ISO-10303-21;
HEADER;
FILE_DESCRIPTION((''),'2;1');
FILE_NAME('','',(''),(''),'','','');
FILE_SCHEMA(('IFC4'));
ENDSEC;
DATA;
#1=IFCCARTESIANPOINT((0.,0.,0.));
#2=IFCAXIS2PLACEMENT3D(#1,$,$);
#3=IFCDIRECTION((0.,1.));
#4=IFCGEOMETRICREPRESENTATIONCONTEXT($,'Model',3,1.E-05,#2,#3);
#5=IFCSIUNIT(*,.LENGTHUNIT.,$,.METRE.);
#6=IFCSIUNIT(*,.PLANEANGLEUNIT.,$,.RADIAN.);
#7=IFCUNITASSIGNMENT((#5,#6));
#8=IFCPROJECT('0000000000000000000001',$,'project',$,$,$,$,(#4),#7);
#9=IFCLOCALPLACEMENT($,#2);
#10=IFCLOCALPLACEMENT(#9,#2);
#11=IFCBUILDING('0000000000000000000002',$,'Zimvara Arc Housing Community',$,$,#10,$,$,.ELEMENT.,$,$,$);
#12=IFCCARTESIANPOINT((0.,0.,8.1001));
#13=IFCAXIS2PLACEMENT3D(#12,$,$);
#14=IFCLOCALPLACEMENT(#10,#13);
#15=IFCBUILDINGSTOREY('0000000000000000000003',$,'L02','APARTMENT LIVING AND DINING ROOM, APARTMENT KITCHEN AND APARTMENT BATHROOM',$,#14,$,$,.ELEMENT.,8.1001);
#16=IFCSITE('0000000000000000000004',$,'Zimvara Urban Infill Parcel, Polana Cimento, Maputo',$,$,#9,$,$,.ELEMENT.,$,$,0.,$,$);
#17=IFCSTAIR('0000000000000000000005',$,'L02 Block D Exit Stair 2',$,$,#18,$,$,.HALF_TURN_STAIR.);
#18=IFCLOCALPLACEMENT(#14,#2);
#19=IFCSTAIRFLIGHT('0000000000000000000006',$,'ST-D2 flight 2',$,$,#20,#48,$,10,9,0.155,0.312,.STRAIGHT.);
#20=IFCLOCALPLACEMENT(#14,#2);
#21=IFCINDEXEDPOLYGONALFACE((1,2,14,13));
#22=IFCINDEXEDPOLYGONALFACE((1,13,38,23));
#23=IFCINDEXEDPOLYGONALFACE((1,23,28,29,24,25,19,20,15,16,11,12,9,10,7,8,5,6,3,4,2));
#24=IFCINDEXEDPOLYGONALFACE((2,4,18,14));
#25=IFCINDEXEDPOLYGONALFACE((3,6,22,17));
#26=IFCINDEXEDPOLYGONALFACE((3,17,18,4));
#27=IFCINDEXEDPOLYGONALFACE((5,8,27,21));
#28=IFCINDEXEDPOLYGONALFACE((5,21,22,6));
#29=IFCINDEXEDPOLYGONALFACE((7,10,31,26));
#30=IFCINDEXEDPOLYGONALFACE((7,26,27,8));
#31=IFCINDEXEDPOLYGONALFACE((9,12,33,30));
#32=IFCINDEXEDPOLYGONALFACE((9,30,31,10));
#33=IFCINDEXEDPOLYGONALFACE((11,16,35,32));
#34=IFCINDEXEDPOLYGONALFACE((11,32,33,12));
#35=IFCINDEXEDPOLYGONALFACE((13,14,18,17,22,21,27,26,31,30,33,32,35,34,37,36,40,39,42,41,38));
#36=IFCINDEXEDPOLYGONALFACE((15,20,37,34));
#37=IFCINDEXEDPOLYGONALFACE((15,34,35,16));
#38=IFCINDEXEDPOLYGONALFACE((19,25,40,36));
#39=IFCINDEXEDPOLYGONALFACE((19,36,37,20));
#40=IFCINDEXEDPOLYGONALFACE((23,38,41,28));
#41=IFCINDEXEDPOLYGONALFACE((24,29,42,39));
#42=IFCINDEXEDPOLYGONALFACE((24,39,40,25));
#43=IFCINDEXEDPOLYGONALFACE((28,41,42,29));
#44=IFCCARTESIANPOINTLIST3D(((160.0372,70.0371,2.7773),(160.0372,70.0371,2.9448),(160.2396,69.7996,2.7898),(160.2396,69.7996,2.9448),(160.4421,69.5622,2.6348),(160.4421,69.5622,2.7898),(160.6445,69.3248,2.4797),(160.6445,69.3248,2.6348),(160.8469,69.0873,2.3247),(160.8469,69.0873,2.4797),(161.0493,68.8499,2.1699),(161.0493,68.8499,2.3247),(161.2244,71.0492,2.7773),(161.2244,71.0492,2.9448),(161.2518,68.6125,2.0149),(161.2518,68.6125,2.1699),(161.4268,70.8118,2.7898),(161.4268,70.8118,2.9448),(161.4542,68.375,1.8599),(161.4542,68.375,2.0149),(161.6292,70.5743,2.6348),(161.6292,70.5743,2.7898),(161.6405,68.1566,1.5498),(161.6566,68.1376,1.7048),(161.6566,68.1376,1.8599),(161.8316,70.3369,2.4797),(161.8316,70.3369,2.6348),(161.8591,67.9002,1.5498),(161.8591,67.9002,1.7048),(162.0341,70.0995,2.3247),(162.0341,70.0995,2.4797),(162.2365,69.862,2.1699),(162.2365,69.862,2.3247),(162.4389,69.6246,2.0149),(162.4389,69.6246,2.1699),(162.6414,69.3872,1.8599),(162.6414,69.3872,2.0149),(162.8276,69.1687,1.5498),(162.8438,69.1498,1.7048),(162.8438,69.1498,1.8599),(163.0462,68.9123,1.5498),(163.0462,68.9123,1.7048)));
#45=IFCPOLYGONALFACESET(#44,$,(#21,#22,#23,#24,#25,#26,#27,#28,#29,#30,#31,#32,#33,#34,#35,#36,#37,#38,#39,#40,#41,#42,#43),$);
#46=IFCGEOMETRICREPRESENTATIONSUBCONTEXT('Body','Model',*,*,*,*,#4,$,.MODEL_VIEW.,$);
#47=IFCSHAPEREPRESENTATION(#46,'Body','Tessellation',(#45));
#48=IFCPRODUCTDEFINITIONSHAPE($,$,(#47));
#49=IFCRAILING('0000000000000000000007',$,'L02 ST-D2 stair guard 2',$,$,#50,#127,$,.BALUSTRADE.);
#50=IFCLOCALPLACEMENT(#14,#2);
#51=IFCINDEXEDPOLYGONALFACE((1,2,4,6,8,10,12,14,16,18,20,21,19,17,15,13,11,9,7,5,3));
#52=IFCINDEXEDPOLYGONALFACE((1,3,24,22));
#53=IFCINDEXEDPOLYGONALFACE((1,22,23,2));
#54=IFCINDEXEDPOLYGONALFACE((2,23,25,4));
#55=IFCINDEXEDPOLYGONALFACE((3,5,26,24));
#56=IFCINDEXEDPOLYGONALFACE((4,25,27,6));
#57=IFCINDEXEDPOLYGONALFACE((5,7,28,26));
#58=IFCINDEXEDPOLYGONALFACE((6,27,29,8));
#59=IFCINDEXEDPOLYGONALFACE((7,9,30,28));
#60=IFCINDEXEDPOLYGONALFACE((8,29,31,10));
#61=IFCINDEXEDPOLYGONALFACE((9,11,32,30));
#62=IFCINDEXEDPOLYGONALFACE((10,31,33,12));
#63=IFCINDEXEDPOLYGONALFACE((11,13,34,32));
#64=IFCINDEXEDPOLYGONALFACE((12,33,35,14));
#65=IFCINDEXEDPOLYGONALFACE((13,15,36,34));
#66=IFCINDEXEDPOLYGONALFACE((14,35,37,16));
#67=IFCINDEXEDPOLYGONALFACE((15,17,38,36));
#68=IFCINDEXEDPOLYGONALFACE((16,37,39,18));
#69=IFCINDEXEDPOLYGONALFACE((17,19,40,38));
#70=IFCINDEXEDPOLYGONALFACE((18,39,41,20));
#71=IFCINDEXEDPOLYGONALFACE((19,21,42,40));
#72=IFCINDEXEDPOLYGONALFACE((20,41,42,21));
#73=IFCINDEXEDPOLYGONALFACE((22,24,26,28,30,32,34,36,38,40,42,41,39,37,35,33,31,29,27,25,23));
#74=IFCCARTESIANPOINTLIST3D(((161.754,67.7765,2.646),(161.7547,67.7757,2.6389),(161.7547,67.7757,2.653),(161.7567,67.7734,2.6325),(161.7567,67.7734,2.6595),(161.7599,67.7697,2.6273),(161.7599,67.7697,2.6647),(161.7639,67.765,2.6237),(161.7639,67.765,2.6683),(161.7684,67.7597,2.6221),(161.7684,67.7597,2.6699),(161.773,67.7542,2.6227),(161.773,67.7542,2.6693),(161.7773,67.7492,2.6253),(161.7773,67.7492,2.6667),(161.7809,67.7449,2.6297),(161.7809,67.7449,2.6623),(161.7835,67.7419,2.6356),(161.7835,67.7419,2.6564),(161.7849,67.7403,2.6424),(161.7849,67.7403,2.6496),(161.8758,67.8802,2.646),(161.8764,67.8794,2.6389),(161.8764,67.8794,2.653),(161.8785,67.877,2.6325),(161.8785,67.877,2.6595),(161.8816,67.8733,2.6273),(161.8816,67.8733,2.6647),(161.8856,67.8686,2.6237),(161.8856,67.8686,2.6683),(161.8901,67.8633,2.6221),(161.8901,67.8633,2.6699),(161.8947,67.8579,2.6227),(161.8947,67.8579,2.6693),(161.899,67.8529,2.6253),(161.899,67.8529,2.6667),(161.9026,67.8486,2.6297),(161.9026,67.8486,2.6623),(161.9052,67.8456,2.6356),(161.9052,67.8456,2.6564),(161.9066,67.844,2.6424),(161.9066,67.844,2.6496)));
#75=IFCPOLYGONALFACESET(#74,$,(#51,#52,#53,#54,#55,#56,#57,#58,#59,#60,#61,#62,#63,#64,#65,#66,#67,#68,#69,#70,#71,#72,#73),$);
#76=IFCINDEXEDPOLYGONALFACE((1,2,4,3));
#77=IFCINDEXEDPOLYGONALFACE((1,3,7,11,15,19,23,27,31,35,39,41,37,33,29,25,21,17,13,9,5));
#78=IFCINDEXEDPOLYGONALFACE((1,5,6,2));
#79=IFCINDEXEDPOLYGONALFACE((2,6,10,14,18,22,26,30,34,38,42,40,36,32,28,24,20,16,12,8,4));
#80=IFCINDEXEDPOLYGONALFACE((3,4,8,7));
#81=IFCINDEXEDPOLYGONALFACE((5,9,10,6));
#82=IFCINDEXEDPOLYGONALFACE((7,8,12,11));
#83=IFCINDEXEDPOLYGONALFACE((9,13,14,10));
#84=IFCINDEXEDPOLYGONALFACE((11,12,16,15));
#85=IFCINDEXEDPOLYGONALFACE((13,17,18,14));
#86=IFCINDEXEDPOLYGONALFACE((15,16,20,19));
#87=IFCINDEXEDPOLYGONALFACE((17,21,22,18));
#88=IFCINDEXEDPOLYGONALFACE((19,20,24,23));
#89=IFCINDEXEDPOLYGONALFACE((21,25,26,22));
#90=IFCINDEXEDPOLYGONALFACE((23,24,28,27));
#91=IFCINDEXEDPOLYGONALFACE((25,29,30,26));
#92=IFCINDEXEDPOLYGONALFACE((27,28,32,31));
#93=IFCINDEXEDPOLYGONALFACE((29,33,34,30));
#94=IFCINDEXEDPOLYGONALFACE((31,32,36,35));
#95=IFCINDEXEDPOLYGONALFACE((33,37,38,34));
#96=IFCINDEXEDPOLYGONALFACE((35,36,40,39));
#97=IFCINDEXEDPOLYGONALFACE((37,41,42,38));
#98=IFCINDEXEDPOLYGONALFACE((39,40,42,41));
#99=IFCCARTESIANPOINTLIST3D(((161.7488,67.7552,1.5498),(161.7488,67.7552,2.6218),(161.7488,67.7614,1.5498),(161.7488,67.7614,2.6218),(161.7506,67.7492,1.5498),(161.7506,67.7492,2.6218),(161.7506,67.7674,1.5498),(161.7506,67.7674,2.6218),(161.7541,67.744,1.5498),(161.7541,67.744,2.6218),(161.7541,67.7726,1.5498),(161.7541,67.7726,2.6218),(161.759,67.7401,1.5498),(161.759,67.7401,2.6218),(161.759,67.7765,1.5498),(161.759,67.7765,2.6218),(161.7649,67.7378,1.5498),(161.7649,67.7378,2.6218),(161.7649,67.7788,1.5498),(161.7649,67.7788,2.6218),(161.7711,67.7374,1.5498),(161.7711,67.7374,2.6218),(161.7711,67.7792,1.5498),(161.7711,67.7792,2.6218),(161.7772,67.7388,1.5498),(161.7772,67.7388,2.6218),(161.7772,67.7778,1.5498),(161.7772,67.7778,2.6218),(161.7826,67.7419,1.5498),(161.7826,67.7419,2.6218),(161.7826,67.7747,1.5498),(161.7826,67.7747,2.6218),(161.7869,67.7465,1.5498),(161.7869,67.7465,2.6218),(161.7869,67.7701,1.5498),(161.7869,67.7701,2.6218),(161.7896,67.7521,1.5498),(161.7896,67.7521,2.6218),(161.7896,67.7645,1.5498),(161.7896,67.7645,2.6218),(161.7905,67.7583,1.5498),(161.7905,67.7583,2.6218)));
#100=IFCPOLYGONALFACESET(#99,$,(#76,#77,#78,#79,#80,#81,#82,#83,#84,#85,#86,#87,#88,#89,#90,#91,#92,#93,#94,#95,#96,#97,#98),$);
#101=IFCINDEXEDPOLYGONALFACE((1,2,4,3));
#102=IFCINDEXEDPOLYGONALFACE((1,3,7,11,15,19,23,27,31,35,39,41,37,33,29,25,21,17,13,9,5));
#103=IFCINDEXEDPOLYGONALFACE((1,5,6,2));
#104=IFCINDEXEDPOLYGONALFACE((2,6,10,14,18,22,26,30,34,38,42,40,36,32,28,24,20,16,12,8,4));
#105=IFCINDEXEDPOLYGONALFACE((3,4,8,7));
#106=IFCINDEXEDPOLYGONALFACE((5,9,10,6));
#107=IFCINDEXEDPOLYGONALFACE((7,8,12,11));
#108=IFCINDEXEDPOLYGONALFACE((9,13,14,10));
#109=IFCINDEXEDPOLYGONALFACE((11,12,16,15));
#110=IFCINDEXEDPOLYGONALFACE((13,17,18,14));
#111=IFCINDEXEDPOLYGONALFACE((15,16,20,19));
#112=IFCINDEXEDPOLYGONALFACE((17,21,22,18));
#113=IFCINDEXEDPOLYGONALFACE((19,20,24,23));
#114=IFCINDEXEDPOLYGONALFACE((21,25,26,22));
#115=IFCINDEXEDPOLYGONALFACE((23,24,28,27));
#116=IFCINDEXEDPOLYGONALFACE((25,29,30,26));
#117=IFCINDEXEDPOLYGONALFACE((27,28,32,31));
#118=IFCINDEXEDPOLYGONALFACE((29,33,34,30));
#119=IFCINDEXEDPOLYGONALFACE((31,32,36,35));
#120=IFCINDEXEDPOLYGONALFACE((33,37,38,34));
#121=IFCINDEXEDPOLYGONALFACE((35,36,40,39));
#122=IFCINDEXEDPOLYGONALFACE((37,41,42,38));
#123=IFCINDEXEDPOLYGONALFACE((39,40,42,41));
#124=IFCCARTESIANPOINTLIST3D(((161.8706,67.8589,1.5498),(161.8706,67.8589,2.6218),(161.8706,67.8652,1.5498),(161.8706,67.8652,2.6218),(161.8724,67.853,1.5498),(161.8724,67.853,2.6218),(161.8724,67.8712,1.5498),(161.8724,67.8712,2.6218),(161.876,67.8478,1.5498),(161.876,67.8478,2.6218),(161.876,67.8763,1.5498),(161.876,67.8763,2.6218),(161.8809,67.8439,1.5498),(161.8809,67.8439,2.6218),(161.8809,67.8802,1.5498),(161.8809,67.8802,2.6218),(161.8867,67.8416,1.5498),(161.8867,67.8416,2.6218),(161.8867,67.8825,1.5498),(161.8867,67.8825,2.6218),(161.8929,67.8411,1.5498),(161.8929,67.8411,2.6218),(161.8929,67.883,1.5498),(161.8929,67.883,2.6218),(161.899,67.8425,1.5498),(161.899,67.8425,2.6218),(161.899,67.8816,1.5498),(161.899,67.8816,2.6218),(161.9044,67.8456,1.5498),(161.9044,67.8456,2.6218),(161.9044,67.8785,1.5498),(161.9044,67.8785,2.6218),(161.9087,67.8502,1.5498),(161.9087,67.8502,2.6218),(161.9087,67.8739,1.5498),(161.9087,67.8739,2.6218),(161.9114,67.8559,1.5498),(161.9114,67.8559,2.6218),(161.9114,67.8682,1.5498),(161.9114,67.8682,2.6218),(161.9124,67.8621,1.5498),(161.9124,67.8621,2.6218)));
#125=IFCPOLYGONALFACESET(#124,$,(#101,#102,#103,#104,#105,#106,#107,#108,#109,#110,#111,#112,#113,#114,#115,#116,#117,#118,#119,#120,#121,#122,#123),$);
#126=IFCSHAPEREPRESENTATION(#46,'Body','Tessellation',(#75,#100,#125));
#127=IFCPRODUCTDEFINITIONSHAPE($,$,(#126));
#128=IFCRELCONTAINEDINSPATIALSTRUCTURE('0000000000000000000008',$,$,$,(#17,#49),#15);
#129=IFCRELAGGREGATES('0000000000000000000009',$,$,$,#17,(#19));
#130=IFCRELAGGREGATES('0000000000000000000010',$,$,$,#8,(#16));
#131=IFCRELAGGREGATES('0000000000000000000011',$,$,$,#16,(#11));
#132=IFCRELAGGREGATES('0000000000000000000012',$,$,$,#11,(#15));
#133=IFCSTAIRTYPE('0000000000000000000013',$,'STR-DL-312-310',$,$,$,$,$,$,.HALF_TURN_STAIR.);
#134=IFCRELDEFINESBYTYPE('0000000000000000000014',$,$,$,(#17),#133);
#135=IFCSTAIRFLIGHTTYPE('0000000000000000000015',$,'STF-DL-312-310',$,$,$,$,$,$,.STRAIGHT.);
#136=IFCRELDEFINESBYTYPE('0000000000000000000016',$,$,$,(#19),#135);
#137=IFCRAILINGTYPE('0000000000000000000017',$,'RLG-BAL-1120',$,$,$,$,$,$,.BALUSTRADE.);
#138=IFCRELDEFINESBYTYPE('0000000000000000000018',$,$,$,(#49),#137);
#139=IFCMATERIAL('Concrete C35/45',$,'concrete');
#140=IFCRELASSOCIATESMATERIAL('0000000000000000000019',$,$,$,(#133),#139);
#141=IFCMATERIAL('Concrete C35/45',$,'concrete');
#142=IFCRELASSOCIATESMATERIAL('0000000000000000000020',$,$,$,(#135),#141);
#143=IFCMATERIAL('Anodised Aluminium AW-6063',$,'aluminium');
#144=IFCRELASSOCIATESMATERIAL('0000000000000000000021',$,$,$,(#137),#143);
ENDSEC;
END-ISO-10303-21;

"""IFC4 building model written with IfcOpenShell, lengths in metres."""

from ifc_helpers import new_model, si_unit, direction, frame, origin, origin_2d, place, context, subcontext, project, spatial, polyline, circle, outline, extrude, material, type_object, element, aggregate, save


model = new_model("IFC4")

# Units and contexts
model_context = context("Model", 3, precision=1e-05, world=origin(), true_north=direction((0.0, 1.0)))
body_context = subcontext(model_context, "Body", "Model", "MODEL_VIEW")
ifc_project = project(units=[si_unit("LENGTHUNIT", "METRE"), si_unit("PLANEANGLEUNIT", "RADIAN")], contexts=[model_context])

# Site, building, storey
site_placement = place(None, origin())
site = spatial("IfcSite", under=ifc_project, at=site_placement, Name="Zimvara Urban Infill Parcel, Polana Cimento, Maputo", CompositionType="ELEMENT", RefElevation=0.0)
building_placement = place(site_placement, origin())
building = spatial("IfcBuilding", under=site, at=building_placement, Name="Zimvara Arc Housing Community", CompositionType="ELEMENT")
storey_placement = place(building_placement, frame((0.0, 0.0, 8.1001)))
storey = spatial("IfcBuildingStorey", under=building, at=storey_placement, Name="L02", Description="APARTMENT LIVING AND DINING ROOM, APARTMENT KITCHEN AND APARTMENT BATHROOM", CompositionType="ELEMENT", Elevation=8.1001)

# Stair, stair flight
ifc_material_1 = material(Name="Concrete C35/45", Category="concrete")
stair_type = type_object("IfcStairType", Name="STR-DL-312-310", PredefinedType="HALF_TURN_STAIR", material=ifc_material_1)
stair_placement = place(storey_placement, origin())
stair = element("IfcStair", 1, at=stair_placement, inside=storey, type_object=stair_type, Name="L02 Block D Exit Stair 2", PredefinedType="HALF_TURN_STAIR")
ifc_material_2 = material(Name="Concrete C35/45", Category="concrete")
stair_flight_type = type_object("IfcStairFlightType", Name="STF-DL-312-310", PredefinedType="STRAIGHT", material=ifc_material_2)
stair_flight_1_placement = place(storey_placement, frame((162.4526, 68.4062, 1.5498), z_axis=(0.0, 0.0, 1.0), x_axis=(-0.648784, 0.760972, 0.0)))
stair_flight_1 = element("IfcStairFlight", 2, at=stair_flight_1_placement, type_object=stair_flight_type, Name="ST-D2 flight 2", NumberOfRisers=10, NumberOfTreads=9, PredefinedType="STRAIGHT", RiserHeight=0.155, TreadLength=0.312, context=body_context, shape_type="SweptSolid", body=[
    extrude(outline(polyline([(0.0, 0.0), (0.0, 0.155), (0.312, 0.155), (0.312, 0.3101), (0.624, 0.3101), (0.624, 0.4651), (0.936, 0.4651), (0.936, 0.6201), (1.248, 0.6201), (1.248, 0.7749), (1.5601, 0.7749), (1.5601, 0.9299), (1.8721, 0.9299), (1.8721, 1.085), (2.1841, 1.085), (2.1841, 1.24), (2.4961, 1.24), (2.4961, 1.395), (2.8081, 1.395), (2.8081, 1.55), (2.8081, 1.2275), (0.3369, 0.0), (0.0, 0.0)])), frame((0.0, 0.78, 0.0), z_axis=(0.0, -1.0, 0.0), x_axis=(1.0, 0.0, 0.0)), (0.0, 0.0, 1.0), 1.5601),
])
aggregate(stair, [stair_flight_1])

# Railing
ifc_material_3 = material(Name="Anodised Aluminium AW-6063", Category="aluminium")
railing_type_1 = type_object("IfcRailingType", Name="RLG-BAL-1120", PredefinedType="BALUSTRADE", material=ifc_material_3)
railing_1_placement = place(storey_placement, frame((161.7695, 67.7583, 1.5498)))
element("IfcRailing", 3, at=railing_1_placement, inside=storey, type_object=railing_type_1, Name="L02 ST-D2 stair guard 2", PredefinedType="BALUSTRADE", context=body_context, shape_type="SweptSolid", body=[
    extrude(circle(Radius=0.0239, at=origin_2d()), frame((0.0, 0.0, 1.0962), z_axis=(0.761299, 0.648401, 0.0), x_axis=(-0.648401, 0.761299, 0.0)), (0.0, 0.0, 1.0), 0.1599),
    extrude(circle(Radius=0.021, at=origin_2d()), origin(), (0.0, 0.0, 1.0), 1.072),
    extrude(circle(Radius=0.021, at=origin_2d()), frame((0.1218, 0.1038, 0.0)), (0.0, 0.0, 1.0), 1.072),
])

save(model, "model.ifc")
